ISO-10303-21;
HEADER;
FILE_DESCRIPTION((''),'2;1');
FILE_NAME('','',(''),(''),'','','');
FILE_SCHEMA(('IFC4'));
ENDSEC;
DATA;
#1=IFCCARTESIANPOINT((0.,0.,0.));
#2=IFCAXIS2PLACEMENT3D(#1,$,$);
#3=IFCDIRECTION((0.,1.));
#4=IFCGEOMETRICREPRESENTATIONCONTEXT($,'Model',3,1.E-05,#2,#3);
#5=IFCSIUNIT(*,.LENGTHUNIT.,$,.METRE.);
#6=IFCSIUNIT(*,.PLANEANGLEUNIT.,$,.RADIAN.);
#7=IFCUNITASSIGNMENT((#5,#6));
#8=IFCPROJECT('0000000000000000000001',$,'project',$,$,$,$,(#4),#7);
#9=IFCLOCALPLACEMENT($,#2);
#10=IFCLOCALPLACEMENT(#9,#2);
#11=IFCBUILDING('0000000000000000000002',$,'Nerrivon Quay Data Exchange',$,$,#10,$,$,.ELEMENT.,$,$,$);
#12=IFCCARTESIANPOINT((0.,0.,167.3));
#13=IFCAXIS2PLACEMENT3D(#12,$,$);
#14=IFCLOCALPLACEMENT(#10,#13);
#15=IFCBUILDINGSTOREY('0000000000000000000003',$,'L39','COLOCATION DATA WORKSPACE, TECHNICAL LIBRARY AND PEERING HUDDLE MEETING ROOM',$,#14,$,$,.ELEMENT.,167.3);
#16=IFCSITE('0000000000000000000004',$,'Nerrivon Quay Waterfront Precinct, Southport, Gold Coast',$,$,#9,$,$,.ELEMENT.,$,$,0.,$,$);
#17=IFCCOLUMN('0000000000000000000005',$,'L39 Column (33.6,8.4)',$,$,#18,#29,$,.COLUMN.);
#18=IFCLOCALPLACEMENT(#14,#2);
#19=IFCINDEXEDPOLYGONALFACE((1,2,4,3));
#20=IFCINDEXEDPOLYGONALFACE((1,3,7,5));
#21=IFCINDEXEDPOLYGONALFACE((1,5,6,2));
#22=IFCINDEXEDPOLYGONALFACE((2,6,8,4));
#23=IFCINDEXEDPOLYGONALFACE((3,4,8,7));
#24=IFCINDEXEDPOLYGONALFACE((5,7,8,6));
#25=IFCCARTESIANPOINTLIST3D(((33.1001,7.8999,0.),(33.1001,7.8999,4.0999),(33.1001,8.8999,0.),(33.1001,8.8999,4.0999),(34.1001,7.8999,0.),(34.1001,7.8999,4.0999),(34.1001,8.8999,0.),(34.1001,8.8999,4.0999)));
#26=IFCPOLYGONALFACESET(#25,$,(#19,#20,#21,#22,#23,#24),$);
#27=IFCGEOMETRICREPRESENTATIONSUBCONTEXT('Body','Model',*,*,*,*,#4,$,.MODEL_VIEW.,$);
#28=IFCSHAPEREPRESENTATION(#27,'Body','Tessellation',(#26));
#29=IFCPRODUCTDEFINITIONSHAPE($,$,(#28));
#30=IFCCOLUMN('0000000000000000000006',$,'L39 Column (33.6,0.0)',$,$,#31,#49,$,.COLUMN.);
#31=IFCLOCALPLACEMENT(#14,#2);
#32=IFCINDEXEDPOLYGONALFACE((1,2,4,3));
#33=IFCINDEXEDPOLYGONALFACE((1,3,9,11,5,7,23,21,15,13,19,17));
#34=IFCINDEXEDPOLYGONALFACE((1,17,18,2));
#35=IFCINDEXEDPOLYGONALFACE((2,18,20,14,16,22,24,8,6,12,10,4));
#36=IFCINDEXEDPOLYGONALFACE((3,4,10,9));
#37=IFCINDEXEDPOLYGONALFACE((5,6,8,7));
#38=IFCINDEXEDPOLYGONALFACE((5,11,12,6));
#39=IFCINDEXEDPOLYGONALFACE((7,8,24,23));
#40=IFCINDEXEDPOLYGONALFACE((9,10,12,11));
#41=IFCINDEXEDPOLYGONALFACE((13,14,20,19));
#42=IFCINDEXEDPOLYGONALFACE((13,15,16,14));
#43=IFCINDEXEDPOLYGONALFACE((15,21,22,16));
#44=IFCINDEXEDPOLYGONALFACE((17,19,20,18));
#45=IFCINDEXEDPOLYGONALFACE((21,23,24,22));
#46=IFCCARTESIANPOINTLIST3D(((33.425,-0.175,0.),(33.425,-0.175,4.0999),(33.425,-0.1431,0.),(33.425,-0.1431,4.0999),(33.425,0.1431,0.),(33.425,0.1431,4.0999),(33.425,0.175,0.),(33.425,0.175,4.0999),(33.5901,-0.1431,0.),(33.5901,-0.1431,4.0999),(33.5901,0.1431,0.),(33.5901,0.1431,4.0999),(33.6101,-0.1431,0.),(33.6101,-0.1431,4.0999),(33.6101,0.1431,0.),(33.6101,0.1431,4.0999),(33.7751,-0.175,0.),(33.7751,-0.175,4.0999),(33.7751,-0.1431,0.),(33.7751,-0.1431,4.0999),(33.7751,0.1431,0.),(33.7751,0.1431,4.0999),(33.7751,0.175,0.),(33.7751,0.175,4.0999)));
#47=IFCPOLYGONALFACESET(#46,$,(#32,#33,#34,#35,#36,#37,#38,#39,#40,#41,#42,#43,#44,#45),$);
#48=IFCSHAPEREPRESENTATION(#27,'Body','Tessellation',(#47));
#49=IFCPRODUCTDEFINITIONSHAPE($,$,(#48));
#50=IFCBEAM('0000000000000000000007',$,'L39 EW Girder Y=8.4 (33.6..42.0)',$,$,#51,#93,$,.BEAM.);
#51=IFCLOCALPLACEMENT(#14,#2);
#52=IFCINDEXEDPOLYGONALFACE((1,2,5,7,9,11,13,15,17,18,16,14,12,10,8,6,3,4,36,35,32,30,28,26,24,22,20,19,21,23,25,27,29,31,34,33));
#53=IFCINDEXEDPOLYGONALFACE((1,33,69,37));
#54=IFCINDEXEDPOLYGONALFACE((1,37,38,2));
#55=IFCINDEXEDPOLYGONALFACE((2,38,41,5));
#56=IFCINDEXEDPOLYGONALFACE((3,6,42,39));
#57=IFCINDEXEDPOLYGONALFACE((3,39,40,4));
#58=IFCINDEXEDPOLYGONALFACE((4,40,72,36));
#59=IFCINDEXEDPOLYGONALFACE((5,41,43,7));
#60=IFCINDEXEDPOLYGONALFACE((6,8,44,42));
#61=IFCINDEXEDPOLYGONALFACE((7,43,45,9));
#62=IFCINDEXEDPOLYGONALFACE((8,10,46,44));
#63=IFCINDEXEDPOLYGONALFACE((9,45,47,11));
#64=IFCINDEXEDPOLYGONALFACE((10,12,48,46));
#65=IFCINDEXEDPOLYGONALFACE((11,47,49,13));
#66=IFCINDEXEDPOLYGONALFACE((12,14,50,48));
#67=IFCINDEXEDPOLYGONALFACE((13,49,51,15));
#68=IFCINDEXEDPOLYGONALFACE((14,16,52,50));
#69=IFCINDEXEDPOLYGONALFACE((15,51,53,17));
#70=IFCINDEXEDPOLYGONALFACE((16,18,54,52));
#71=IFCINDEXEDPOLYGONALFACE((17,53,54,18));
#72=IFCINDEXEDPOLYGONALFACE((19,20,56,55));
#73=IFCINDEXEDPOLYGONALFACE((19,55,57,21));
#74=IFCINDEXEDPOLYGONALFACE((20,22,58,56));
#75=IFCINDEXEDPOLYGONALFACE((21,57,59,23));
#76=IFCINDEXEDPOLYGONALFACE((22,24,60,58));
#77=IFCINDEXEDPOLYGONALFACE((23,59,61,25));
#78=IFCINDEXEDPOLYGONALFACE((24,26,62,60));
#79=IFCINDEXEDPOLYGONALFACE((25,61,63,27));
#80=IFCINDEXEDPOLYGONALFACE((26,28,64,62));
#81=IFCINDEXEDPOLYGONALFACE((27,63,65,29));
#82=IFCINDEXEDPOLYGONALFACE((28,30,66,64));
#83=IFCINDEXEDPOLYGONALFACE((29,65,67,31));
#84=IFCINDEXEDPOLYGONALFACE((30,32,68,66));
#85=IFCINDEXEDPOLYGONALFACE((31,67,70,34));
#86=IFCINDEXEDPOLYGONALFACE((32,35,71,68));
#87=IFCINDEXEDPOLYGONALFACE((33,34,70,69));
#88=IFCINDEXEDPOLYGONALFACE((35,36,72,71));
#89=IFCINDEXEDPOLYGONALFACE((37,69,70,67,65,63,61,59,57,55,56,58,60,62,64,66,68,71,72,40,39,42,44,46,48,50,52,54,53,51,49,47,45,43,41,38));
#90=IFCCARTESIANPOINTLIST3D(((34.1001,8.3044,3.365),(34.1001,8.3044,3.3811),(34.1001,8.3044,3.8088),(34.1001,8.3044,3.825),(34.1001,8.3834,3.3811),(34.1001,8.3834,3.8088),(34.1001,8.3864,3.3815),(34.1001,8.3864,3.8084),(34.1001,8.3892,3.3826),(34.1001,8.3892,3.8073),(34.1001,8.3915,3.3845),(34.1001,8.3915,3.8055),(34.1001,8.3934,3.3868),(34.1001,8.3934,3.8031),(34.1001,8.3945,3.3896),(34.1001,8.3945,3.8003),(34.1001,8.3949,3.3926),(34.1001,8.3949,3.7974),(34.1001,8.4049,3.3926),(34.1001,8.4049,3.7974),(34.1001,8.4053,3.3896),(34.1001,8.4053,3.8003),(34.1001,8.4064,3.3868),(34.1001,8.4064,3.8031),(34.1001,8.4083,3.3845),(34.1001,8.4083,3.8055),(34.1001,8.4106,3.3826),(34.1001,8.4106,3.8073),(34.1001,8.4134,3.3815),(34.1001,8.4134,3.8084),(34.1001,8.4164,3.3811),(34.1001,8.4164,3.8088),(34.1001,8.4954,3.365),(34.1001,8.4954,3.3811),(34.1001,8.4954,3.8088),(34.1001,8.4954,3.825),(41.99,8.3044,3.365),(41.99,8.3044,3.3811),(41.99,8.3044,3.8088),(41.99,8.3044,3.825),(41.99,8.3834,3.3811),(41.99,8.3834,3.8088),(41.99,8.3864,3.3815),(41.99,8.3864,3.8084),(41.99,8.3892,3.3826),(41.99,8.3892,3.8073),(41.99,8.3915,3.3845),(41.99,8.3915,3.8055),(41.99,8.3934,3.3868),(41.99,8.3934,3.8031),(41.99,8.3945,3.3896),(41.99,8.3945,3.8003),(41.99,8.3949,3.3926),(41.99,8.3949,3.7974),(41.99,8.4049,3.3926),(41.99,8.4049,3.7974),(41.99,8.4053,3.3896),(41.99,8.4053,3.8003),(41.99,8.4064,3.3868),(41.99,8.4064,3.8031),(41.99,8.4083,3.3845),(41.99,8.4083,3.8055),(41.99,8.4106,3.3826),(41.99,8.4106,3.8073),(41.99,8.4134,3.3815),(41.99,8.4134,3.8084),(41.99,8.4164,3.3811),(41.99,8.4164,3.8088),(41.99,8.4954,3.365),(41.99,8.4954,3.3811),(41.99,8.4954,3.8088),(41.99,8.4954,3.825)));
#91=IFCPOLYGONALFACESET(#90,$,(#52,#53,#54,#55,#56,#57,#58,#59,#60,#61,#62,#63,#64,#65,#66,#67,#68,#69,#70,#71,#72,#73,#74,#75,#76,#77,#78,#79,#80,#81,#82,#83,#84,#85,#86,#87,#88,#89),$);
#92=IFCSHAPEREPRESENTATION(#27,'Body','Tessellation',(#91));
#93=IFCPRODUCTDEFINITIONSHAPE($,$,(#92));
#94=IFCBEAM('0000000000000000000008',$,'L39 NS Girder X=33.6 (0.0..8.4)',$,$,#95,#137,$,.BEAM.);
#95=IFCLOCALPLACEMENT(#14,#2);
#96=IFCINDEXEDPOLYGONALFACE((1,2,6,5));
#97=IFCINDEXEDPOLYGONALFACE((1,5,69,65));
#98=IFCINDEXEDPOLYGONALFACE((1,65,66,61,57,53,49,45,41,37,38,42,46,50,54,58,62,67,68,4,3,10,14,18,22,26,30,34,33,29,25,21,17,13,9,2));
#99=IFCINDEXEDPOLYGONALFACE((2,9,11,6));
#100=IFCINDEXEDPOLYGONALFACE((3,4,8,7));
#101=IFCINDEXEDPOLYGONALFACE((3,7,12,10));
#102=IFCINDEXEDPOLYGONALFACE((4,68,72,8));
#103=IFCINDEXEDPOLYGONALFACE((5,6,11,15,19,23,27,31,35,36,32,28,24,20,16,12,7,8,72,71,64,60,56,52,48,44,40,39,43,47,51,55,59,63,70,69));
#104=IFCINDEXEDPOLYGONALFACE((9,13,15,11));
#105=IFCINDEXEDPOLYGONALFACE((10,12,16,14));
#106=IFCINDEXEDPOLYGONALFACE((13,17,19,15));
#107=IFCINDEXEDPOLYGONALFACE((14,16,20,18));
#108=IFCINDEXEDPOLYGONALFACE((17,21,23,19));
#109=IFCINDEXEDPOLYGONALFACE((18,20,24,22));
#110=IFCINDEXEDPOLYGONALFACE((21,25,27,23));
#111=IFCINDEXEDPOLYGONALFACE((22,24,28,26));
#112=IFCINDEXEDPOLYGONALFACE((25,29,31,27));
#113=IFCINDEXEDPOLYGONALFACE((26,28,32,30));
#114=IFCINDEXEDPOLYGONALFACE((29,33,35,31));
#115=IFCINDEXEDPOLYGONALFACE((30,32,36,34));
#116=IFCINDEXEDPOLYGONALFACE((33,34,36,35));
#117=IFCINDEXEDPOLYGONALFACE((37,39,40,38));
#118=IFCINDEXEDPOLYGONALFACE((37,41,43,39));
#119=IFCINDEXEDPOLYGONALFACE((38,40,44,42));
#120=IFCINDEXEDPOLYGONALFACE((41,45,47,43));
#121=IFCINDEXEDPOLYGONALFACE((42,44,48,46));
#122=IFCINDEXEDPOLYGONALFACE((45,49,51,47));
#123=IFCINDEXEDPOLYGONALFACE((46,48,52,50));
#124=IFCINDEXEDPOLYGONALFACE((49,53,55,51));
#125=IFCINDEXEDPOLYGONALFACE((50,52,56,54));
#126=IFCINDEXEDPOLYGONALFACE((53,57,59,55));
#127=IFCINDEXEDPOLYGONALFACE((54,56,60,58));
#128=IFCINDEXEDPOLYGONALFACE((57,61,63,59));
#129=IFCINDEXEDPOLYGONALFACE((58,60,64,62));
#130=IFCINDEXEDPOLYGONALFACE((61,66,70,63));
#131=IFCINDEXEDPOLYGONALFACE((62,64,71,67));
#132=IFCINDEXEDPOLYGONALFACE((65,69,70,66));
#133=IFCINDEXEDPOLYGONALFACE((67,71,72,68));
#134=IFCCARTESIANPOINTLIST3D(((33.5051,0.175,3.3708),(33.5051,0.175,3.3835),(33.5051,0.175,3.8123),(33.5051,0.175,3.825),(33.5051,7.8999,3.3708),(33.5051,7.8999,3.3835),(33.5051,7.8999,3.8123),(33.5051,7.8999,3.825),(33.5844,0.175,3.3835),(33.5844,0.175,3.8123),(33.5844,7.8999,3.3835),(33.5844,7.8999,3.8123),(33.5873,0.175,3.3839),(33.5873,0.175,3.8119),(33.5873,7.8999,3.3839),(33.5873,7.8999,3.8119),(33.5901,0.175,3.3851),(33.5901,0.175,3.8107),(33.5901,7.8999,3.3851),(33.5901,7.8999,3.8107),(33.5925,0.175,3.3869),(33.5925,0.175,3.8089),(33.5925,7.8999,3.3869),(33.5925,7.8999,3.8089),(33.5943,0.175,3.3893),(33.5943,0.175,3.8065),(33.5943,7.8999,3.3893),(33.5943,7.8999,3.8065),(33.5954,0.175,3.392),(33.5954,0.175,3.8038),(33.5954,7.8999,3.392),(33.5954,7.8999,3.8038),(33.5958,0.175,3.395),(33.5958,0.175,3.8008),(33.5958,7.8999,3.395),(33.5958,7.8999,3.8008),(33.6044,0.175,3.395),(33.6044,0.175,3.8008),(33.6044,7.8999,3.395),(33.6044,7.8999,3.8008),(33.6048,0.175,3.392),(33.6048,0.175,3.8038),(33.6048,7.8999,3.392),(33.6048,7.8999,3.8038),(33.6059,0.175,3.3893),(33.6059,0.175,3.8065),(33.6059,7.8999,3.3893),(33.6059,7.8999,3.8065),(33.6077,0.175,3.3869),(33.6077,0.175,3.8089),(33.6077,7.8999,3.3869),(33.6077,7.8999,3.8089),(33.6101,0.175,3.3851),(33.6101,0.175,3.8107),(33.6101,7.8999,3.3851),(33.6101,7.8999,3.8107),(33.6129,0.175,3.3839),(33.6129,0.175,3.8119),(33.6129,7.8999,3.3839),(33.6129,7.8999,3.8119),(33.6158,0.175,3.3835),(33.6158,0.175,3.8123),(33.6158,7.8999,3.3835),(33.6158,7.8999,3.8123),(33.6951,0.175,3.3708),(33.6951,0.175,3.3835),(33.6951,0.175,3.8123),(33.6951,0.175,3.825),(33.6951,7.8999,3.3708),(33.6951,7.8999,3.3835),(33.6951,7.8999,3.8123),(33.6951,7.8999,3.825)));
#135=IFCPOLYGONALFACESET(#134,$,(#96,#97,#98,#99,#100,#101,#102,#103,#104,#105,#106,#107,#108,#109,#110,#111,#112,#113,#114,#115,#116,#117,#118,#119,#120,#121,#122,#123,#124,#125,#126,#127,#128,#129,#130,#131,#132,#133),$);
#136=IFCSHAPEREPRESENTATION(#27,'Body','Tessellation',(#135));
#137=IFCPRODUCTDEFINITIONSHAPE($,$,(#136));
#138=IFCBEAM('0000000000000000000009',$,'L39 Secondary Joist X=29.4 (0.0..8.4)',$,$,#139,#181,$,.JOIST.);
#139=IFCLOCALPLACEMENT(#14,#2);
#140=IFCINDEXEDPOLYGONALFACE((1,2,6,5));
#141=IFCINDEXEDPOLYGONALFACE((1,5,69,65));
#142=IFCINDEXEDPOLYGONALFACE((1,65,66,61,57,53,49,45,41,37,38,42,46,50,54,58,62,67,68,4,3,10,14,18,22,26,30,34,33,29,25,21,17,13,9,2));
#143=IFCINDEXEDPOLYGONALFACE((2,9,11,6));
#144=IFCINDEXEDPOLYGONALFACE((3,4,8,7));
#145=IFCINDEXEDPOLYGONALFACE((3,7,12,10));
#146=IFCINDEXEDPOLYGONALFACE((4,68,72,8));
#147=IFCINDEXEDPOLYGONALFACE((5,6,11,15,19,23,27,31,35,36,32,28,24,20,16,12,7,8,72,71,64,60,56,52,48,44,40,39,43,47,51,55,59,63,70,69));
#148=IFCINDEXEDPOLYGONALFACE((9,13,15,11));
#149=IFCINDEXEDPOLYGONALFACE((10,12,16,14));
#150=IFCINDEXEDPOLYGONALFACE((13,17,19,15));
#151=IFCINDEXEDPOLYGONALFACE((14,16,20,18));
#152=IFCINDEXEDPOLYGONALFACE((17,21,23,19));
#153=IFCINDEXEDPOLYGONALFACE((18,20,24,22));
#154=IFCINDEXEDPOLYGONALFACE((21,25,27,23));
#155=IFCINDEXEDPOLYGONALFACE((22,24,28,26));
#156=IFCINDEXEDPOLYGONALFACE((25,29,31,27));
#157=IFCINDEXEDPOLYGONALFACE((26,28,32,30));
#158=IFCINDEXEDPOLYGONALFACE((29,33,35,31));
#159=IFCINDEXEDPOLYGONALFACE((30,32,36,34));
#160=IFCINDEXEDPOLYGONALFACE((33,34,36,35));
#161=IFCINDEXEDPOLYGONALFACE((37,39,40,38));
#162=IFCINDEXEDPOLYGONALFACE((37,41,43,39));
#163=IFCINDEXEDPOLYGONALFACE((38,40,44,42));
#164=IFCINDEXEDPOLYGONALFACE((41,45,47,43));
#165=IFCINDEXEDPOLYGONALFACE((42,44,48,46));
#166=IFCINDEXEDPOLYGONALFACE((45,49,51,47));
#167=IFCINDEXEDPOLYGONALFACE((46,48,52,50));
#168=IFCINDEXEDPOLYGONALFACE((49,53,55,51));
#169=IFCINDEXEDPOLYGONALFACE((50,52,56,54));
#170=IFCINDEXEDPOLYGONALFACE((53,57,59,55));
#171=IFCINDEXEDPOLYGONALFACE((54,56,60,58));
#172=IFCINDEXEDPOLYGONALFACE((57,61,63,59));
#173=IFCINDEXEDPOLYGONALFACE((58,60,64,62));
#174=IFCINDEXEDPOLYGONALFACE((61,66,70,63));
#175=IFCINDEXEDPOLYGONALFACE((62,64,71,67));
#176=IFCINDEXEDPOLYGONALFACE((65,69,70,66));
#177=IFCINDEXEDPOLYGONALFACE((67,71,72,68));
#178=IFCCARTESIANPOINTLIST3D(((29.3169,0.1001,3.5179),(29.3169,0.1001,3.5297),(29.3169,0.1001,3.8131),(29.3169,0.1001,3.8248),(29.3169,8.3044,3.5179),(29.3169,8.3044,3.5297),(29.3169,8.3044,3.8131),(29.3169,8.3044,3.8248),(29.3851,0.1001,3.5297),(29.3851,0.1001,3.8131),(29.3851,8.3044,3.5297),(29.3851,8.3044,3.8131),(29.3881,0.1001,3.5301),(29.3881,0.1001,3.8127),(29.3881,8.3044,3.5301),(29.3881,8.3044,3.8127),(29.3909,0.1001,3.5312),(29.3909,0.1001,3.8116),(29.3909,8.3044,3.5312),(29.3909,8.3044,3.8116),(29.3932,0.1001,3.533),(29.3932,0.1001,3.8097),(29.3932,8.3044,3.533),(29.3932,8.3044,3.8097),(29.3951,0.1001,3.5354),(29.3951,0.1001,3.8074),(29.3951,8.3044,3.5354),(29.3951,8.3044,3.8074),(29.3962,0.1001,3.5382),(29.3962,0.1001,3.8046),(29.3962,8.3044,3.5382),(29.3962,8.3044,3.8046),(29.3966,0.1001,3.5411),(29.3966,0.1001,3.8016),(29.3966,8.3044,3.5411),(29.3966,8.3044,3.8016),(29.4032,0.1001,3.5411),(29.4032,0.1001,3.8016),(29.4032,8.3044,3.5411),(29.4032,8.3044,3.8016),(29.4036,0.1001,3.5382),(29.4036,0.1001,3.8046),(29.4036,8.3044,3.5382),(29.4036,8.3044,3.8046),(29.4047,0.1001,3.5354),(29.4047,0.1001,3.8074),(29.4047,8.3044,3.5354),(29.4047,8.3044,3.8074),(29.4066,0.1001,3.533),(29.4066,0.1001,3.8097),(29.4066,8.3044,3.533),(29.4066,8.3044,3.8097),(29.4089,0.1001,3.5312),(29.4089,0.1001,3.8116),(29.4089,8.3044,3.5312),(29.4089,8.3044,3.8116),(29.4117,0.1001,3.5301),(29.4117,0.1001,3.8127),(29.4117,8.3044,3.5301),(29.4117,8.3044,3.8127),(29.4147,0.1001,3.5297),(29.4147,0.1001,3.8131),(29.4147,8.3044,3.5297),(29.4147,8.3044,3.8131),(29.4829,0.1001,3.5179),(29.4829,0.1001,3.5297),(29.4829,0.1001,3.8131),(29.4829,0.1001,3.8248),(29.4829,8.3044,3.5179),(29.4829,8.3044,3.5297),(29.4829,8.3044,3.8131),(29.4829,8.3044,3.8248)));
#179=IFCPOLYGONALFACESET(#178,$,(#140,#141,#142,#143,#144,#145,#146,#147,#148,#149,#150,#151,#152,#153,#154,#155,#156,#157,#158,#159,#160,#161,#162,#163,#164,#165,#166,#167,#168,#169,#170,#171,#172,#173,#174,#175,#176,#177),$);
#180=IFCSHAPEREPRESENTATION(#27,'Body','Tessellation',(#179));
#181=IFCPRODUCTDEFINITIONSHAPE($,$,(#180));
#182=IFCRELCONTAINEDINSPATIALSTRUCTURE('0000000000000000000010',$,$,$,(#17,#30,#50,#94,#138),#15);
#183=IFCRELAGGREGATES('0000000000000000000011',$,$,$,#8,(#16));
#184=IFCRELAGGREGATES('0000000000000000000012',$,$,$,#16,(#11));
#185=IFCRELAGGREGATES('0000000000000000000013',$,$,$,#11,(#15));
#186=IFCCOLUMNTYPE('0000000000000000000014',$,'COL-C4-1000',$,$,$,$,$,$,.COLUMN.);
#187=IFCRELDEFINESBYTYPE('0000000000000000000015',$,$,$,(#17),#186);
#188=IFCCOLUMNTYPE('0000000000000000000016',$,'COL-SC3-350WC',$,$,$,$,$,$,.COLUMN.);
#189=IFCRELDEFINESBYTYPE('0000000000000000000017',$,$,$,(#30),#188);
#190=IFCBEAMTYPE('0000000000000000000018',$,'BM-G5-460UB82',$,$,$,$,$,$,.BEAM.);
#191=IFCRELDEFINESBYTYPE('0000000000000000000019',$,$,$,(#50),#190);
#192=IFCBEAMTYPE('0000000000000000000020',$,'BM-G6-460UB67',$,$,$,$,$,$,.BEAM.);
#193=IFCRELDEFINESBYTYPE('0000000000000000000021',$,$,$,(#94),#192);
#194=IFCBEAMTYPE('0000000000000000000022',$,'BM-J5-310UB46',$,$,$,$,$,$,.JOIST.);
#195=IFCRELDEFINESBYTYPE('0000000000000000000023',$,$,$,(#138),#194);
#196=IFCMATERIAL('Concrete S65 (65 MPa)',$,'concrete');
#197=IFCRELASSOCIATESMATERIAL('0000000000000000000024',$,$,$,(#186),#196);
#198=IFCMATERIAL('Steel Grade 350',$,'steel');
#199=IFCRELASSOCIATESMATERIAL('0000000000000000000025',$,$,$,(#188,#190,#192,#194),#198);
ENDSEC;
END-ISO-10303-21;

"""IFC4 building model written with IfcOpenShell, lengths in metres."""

from ifc_helpers import new_model, si_unit, direction, frame, origin, origin_2d, place, context, subcontext, project, spatial, rectangle, i_section, extrude, material, material_profile, profile_set, type_object, element, save


model = new_model("IFC4")

# Units and contexts
model_context = context("Model", 3, precision=1e-05, world=origin(), true_north=direction((0.0, 1.0)))
body_context = subcontext(model_context, "Body", "Model", "MODEL_VIEW")
ifc_project = project(units=[si_unit("LENGTHUNIT", "METRE"), si_unit("PLANEANGLEUNIT", "RADIAN")], contexts=[model_context])

# Site, building, storey
site_placement = place(None, origin())
site = spatial("IfcSite", under=ifc_project, at=site_placement, Name="Nerrivon Quay Waterfront Precinct, Southport, Gold Coast", CompositionType="ELEMENT", RefElevation=0.0)
building_placement = place(site_placement, origin())
building = spatial("IfcBuilding", under=site, at=building_placement, Name="Nerrivon Quay Data Exchange", CompositionType="ELEMENT")
storey_placement = place(building_placement, frame((0.0, 0.0, 167.3)))
storey = spatial("IfcBuildingStorey", under=building, at=storey_placement, Name="L39", Description="COLOCATION DATA WORKSPACE, TECHNICAL LIBRARY AND PEERING HUDDLE MEETING ROOM", CompositionType="ELEMENT", Elevation=167.3)

# Columns
ifc_material_1 = material(Name="Concrete S65 (65 MPa)", Category="concrete")
ifc_material_profile_1 = material_profile(ifc_material_1, rectangle(XDim=1.0, YDim=1.0, at=origin_2d()), Name="RC-COL-1000x1000")
ifc_profile_set_1 = profile_set([ifc_material_profile_1], Name="Concrete S65 (65 MPa)")
column_type_1 = type_object("IfcColumnType", Name="COL-C4-1000", PredefinedType="COLUMN", material=ifc_profile_set_1)
column_1_placement = place(storey_placement, frame((33.6001, 8.3999, 0.0), z_axis=(0.0, 0.0, 1.0), x_axis=(1.0, 0.0, 0.0)))
element("IfcColumn", 1, at=column_1_placement, inside=storey, type_object=column_type_1, Name="L39 Column (33.6,8.4)", PredefinedType="COLUMN", context=body_context, shape_type="SweptSolid", body=[
    extrude(rectangle(XDim=1.0, YDim=1.0, at=origin_2d()), origin(), (0.0, 0.0, 1.0), 4.0999),
])
ifc_material_2 = material(Name="Steel Grade 350", Category="steel")
ifc_material_profile_2 = material_profile(ifc_material_2, i_section(OverallWidth=0.3501, OverallDepth=0.3501, WebThickness=0.02, FlangeThickness=0.032, at=origin_2d()), Name="350WC230")
ifc_profile_set_2 = profile_set([ifc_material_profile_2], Name="Steel Grade 350")
column_type_2 = type_object("IfcColumnType", Name="COL-SC3-350WC", PredefinedType="COLUMN", material=ifc_profile_set_2)
column_2_placement = place(storey_placement, frame((33.6001, 0.0, 0.0), z_axis=(0.0, 0.0, 1.0), x_axis=(1.0, 0.0, 0.0)))
element("IfcColumn", 2, at=column_2_placement, inside=storey, type_object=column_type_2, Name="L39 Column (33.6,0.0)", PredefinedType="COLUMN", context=body_context, shape_type="SweptSolid", body=[
    extrude(i_section(OverallWidth=0.3501, OverallDepth=0.3501, WebThickness=0.02, FlangeThickness=0.032, at=origin_2d()), origin(), (0.0, 0.0, 1.0), 4.0999),
])

# Beams
ifc_material_profile_3 = material_profile(ifc_material_2, i_section(OverallWidth=0.1909, OverallDepth=0.46, WebThickness=0.01, FlangeThickness=0.0161, FilletRadius=0.0115, at=origin_2d()), Name="460UB82.1")
ifc_profile_set_3 = profile_set([ifc_material_profile_3], Name="Steel Grade 350")
beam_type_1 = type_object("IfcBeamType", Name="BM-G5-460UB82", PredefinedType="BEAM", material=ifc_profile_set_3)
beam_1_placement = place(storey_placement, frame((34.1001, 8.3999, 3.595), z_axis=(1.0, 0.0, 0.0), x_axis=(0.0, 1.0, 0.0)))
element("IfcBeam", 3, at=beam_1_placement, inside=storey, type_object=beam_type_1, Name="L39 EW Girder Y=8.4 (33.6..42.0)", PredefinedType="BEAM", context=body_context, shape_type="SweptSolid", body=[
    extrude(i_section(OverallWidth=0.1909, OverallDepth=0.46, WebThickness=0.01, FlangeThickness=0.0161, FilletRadius=0.0115, at=origin_2d()), origin(), (0.0, 0.0, 1.0), 7.8899),
])
ifc_material_profile_4 = material_profile(ifc_material_2, i_section(OverallWidth=0.1899, OverallDepth=0.4541, WebThickness=0.0085, FlangeThickness=0.0127, FilletRadius=0.0115, at=origin_2d()), Name="460UB67.1")
ifc_profile_set_4 = profile_set([ifc_material_profile_4], Name="Steel Grade 350")
beam_type_2 = type_object("IfcBeamType", Name="BM-G6-460UB67", PredefinedType="BEAM", material=ifc_profile_set_4)
beam_2_placement = place(storey_placement, frame((33.6001, 0.175, 3.5979), z_axis=(0.0, 1.0, 0.0), x_axis=(-1.0, 0.0, 0.0)))
element("IfcBeam", 4, at=beam_2_placement, inside=storey, type_object=beam_type_2, Name="L39 NS Girder X=33.6 (0.0..8.4)", PredefinedType="BEAM", context=body_context, shape_type="SweptSolid", body=[
    extrude(i_section(OverallWidth=0.1899, OverallDepth=0.4541, WebThickness=0.0085, FlangeThickness=0.0127, FilletRadius=0.0115, at=origin_2d()), origin(), (0.0, 0.0, 1.0), 7.7249),
])
ifc_material_profile_5 = material_profile(ifc_material_2, i_section(OverallWidth=0.166, OverallDepth=0.3069, WebThickness=0.0066, FlangeThickness=0.0117, FilletRadius=0.0115, at=origin_2d()), Name="310UB46.2")
ifc_profile_set_5 = profile_set([ifc_material_profile_5], Name="Steel Grade 350")
beam_type_3 = type_object("IfcBeamType", Name="BM-J5-310UB46", PredefinedType="JOIST", material=ifc_profile_set_5)
beam_3_placement = place(storey_placement, frame((29.3999, 0.1001, 3.6714), z_axis=(0.0, 1.0, 0.0), x_axis=(-1.0, 0.0, 0.0)))
element("IfcBeam", 5, at=beam_3_placement, inside=storey, type_object=beam_type_3, Name="L39 Secondary Joist X=29.4 (0.0..8.4)", PredefinedType="JOIST", context=body_context, shape_type="SweptSolid", body=[
    extrude(i_section(OverallWidth=0.166, OverallDepth=0.3069, WebThickness=0.0066, FlangeThickness=0.0117, FilletRadius=0.0115, at=origin_2d()), origin(), (0.0, 0.0, 1.0), 8.2043),
])

save(model, "model.ifc")
